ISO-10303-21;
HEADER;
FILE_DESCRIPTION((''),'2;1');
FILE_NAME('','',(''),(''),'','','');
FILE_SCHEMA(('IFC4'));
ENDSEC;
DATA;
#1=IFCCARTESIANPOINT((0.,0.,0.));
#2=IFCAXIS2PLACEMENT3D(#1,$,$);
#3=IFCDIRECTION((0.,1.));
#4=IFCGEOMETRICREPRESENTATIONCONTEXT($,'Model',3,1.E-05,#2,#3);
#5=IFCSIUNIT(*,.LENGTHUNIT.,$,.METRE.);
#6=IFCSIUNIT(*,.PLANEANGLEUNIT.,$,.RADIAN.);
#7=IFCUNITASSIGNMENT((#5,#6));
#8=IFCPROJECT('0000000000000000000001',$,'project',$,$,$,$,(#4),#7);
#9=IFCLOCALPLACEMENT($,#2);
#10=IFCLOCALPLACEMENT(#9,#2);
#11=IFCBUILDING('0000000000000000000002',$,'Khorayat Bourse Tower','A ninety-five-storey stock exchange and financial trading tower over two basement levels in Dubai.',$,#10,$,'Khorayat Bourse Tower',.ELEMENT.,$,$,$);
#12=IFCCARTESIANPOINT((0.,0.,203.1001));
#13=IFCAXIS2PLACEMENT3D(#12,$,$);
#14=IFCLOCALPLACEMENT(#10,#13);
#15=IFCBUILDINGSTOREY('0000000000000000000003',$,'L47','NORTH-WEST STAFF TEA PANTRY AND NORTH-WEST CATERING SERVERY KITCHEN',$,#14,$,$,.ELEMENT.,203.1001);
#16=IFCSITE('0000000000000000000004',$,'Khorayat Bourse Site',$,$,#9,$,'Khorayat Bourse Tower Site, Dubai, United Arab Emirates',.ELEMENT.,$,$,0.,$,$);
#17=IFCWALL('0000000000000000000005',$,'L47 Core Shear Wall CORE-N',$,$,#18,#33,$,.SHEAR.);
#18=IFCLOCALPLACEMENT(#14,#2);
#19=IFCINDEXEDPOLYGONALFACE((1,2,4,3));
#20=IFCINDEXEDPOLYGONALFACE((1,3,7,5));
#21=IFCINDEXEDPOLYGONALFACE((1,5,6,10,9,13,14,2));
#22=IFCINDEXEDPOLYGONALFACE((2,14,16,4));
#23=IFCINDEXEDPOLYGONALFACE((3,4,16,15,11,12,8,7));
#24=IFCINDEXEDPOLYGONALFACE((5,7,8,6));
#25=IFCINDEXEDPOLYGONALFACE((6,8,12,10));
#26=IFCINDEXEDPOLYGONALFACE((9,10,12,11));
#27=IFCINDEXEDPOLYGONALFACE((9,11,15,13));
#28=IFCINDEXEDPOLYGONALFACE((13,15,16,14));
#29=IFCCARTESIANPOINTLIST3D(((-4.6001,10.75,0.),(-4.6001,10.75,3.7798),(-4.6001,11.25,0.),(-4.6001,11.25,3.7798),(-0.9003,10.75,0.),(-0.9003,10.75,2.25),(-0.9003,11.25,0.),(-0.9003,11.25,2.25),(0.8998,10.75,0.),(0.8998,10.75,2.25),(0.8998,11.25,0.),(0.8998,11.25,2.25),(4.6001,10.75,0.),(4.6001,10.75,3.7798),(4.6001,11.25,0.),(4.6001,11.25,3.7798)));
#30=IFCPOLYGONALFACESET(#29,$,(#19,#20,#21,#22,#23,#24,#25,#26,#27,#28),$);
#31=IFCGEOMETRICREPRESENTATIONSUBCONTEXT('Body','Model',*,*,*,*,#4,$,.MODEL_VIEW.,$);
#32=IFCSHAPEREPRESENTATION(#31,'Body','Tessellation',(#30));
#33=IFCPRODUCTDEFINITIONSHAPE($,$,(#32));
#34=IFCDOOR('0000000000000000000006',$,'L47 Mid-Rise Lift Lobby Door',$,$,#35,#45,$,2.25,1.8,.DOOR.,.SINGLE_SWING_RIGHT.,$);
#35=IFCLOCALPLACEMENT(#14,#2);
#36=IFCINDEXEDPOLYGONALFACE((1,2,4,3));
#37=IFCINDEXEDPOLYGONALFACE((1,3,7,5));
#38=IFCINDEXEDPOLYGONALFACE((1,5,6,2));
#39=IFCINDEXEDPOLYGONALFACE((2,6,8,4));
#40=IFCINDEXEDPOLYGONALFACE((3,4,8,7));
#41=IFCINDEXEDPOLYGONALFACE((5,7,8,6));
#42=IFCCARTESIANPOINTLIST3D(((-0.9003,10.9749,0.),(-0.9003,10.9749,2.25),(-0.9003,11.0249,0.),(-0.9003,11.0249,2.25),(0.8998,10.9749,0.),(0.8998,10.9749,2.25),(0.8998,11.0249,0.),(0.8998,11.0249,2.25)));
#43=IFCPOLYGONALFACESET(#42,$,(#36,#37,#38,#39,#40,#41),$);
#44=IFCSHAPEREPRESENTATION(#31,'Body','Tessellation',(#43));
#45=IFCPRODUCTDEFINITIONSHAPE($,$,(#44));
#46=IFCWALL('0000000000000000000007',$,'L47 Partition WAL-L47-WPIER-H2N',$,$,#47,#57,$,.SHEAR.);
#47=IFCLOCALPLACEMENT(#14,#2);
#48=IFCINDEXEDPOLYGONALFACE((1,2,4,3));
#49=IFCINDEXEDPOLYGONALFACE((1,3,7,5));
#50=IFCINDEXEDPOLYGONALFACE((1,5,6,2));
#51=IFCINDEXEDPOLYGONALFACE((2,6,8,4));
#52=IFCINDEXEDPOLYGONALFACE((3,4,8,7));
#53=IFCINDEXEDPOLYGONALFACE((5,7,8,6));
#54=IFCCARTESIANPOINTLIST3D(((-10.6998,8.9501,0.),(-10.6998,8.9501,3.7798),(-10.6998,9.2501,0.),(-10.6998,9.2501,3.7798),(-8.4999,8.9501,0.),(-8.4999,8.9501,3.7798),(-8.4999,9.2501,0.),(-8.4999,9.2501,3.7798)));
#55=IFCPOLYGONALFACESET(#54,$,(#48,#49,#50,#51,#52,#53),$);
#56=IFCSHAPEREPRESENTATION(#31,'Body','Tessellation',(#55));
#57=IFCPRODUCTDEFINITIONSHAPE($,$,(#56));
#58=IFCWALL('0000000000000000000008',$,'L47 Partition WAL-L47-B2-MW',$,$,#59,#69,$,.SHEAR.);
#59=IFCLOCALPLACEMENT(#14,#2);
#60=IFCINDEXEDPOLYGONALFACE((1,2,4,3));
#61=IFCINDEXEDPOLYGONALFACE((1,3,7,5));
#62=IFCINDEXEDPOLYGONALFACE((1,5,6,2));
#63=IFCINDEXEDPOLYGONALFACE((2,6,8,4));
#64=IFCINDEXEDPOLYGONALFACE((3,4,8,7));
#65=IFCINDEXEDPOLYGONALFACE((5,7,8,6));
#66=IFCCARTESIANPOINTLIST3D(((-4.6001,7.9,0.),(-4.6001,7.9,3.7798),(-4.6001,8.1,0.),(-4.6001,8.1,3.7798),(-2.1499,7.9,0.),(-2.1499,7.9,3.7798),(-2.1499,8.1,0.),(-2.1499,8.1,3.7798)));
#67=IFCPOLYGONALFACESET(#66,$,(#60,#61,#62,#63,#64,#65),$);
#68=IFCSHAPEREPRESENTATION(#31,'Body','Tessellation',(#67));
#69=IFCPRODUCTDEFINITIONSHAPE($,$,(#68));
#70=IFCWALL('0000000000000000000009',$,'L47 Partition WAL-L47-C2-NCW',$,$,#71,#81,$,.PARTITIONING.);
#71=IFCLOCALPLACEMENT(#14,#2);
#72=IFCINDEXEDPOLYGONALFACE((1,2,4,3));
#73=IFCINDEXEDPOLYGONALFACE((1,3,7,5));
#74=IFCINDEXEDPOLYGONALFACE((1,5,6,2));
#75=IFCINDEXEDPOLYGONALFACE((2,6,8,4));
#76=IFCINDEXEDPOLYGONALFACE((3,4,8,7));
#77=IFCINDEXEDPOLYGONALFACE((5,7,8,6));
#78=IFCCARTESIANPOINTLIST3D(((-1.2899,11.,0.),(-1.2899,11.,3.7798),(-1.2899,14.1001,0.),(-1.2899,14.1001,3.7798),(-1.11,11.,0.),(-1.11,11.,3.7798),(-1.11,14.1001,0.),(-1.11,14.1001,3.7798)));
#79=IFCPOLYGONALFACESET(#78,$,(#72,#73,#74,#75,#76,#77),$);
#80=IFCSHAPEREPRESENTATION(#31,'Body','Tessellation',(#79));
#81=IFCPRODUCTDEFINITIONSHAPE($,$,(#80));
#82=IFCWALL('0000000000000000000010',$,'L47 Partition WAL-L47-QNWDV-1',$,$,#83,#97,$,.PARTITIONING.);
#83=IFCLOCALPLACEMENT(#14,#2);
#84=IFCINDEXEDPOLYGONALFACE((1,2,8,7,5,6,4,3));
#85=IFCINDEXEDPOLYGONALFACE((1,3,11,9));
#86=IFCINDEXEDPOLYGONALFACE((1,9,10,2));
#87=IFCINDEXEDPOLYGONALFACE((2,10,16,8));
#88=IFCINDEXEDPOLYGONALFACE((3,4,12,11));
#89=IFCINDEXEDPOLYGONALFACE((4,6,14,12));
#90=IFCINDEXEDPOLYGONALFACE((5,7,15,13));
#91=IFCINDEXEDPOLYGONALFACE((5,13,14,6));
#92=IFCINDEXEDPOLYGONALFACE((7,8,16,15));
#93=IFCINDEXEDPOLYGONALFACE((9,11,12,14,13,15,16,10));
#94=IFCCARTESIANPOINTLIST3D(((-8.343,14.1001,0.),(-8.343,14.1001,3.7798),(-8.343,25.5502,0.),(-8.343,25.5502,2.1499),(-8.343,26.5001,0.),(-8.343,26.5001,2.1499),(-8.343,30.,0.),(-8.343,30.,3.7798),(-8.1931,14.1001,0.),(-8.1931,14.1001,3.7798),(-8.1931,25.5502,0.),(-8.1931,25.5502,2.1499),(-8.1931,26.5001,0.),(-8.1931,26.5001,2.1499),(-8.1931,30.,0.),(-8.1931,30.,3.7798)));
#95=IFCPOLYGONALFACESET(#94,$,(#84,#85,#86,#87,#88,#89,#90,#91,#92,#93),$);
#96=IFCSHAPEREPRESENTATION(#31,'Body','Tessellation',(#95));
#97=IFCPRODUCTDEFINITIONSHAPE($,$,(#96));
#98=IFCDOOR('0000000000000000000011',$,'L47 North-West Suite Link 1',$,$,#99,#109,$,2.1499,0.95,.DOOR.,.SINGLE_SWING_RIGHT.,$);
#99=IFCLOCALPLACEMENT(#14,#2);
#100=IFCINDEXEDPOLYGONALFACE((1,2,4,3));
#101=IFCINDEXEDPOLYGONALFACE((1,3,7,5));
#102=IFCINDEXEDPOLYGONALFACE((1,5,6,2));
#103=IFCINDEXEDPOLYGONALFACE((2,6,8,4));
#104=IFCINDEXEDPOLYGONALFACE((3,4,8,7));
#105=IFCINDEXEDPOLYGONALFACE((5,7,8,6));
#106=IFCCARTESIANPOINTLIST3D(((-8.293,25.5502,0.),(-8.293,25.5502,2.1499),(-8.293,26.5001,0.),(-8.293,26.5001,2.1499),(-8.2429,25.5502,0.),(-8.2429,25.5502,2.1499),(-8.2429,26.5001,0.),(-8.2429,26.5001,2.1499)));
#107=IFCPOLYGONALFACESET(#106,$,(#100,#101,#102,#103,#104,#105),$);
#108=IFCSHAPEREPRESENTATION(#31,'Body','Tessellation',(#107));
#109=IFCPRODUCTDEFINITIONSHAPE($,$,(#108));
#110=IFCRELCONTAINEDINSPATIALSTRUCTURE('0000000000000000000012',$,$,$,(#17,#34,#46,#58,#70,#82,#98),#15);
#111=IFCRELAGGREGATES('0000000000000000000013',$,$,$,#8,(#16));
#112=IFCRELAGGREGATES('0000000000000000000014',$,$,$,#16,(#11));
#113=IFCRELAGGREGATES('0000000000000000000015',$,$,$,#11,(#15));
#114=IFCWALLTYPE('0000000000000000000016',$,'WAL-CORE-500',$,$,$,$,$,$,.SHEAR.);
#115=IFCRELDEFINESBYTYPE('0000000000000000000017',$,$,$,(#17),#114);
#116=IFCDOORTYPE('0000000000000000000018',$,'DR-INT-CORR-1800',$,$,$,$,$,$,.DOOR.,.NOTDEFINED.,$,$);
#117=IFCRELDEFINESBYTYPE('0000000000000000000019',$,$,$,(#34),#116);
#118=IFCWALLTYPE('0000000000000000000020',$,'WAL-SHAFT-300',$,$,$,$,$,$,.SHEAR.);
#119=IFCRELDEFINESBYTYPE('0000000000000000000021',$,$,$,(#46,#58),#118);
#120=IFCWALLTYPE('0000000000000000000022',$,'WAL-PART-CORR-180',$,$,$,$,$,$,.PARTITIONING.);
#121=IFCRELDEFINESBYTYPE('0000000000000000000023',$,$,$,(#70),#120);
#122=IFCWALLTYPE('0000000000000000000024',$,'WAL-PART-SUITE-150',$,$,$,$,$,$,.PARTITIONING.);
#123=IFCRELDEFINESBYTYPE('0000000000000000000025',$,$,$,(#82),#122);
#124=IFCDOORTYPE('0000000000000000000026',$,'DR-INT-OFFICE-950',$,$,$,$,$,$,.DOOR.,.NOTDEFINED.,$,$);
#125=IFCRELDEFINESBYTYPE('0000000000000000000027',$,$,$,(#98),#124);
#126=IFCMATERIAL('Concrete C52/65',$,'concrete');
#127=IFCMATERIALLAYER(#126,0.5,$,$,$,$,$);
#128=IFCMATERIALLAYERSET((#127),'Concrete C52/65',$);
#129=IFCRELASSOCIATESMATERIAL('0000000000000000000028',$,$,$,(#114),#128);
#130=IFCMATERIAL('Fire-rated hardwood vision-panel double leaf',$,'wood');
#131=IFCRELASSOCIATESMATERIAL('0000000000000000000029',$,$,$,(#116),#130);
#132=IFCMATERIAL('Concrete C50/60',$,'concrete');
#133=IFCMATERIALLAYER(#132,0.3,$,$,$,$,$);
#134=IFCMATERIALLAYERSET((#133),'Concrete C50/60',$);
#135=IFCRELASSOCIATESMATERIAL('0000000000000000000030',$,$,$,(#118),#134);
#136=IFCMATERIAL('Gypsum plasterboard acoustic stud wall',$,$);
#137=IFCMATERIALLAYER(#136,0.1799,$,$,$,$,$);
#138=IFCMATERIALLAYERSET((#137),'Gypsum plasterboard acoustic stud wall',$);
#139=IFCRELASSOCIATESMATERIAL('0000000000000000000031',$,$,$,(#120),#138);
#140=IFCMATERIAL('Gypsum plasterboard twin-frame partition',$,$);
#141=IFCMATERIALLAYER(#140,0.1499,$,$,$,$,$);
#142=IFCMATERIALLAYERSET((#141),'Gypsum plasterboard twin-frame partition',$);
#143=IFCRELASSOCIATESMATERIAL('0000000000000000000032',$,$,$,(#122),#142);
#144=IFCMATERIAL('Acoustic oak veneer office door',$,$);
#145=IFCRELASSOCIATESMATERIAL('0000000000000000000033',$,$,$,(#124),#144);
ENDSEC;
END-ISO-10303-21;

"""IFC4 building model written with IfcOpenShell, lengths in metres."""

from ifc_helpers import new_model, si_unit, direction, frame, frame_2d, origin, place, context, subcontext, project, spatial, rectangle, extrude, source, transform, mapped, material, layer, layer_set, type_object, element, fill, save


model = new_model("IFC4")

# Units and contexts
model_context = context("Model", 3, precision=1e-05, world=origin(), true_north=direction((0.0, 1.0)))
body_context = subcontext(model_context, "Body", "Model", "MODEL_VIEW")
ifc_project = project(units=[si_unit("LENGTHUNIT", "METRE"), si_unit("PLANEANGLEUNIT", "RADIAN")], contexts=[model_context])

# Site, building, storey
site_placement = place(None, origin())
site = spatial("IfcSite", under=ifc_project, at=site_placement, Name="Khorayat Bourse Site", LongName="Khorayat Bourse Tower Site, Dubai, United Arab Emirates", CompositionType="ELEMENT", RefElevation=0.0)
building_placement = place(site_placement, origin())
building = spatial("IfcBuilding", under=site, at=building_placement, Name="Khorayat Bourse Tower", Description="A ninety-five-storey stock exchange and financial trading tower over two basement levels in Dubai.", LongName="Khorayat Bourse Tower", CompositionType="ELEMENT")
storey_placement = place(building_placement, frame((0.0, 0.0, 203.1001)))
storey = spatial("IfcBuildingStorey", under=building, at=storey_placement, Name="L47", Description="NORTH-WEST STAFF TEA PANTRY AND NORTH-WEST CATERING SERVERY KITCHEN", CompositionType="ELEMENT", Elevation=203.1001)

# Wall, opening, door
ifc_material_1 = material(Name="Concrete C52/65", Category="concrete")
ifc_layer_1 = layer(ifc_material_1, 0.5)
ifc_layer_set_1 = layer_set([ifc_layer_1], Name="Concrete C52/65")
wall_type_1 = type_object("IfcWallType", Name="WAL-CORE-500", PredefinedType="SHEAR", material=ifc_layer_set_1)
shared_shape_1 = source(origin(), body_context, "Body", "SweptSolid", [
    extrude(rectangle(XDim=9.2002, YDim=0.5, at=frame_2d((4.6001, 0.0))), origin(), (0.0, 0.0, 1.0), 3.7798),
])
wall_1_placement = place(storey_placement, frame((-4.6001, 11.0, 0.0), z_axis=(0.0, 0.0, 1.0), x_axis=(1.0, 0.0, 0.0)))
wall_1 = element("IfcWall", 1, at=wall_1_placement, inside=storey, type_object=wall_type_1, Name="L47 Core Shear Wall CORE-N", PredefinedType="SHEAR", context=body_context, shape_type="MappedRepresentation", body=[
    mapped(shared_shape_1, transform((0.0, 0.0, 0.0), scale=1.0)),
])
shared_shape_2 = source(origin(), body_context, "Body", "SweptSolid", [
    extrude(rectangle(XDim=1.8, YDim=2.25, at=frame_2d((0.8999, 1.125))), frame((0.0, 0.26, 0.0), z_axis=(0.0, -1.0, 0.0), x_axis=(1.0, 0.0, 0.0)), (0.0, 0.0, 1.0), 0.52),
])
opening_1_placement = place(wall_1_placement, frame((3.7, 0.0, 0.0)))
opening_1 = element("IfcOpeningElement", 2, at=opening_1_placement, cuts=wall_1, PredefinedType="OPENING", context=body_context, shape_type="MappedRepresentation", body=[
    mapped(shared_shape_2, transform((0.0, 0.0, 0.0), scale=1.0)),
])
ifc_material_2 = material(Name="Fire-rated hardwood vision-panel double leaf", Category="wood")
door_type_1 = type_object("IfcDoorType", Name="DR-INT-CORR-1800", OperationType="NOTDEFINED", PredefinedType="DOOR", material=ifc_material_2)
shared_shape_3 = source(origin(), body_context, "Body", "SweptSolid", [
    extrude(rectangle(XDim=1.8, YDim=2.25, at=frame_2d((0.8999, 1.125))), frame((0.0, 0.0249, 0.0), z_axis=(0.0, -1.0, 0.0), x_axis=(1.0, 0.0, 0.0)), (0.0, 0.0, 1.0), 0.05),
])
door_1_placement = place(opening_1_placement, origin())
door_1 = element("IfcDoor", 3, at=door_1_placement, inside=storey, type_object=door_type_1, Name="L47 Mid-Rise Lift Lobby Door", OperationType="SINGLE_SWING_RIGHT", OverallHeight=2.25, OverallWidth=1.8, PredefinedType="DOOR", context=body_context, shape_type="MappedRepresentation", body=[
    mapped(shared_shape_3, transform((0.0, 0.0, 0.0), scale=1.0)),
])
fill(opening_1, door_1)

# Walls
ifc_material_3 = material(Name="Concrete C50/60", Category="concrete")
ifc_layer_2 = layer(ifc_material_3, 0.3)
ifc_layer_set_2 = layer_set([ifc_layer_2], Name="Concrete C50/60")
wall_type_2 = type_object("IfcWallType", Name="WAL-SHAFT-300", PredefinedType="SHEAR", material=ifc_layer_set_2)
shared_shape_4 = source(origin(), body_context, "Body", "SweptSolid", [
    extrude(rectangle(XDim=2.2, YDim=0.3, at=frame_2d((1.1001, 0.0))), origin(), (0.0, 0.0, 1.0), 3.7798),
])
wall_2_placement = place(storey_placement, frame((-10.7, 9.1001, 0.0), z_axis=(0.0, 0.0, 1.0), x_axis=(1.0, 0.0, 0.0)))
element("IfcWall", 4, at=wall_2_placement, inside=storey, type_object=wall_type_2, Name="L47 Partition WAL-L47-WPIER-H2N", PredefinedType="SHEAR", context=body_context, shape_type="MappedRepresentation", body=[
    mapped(shared_shape_4, transform((0.0, 0.0, 0.0), scale=1.0)),
])
shared_shape_5 = source(origin(), body_context, "Body", "SweptSolid", [
    extrude(rectangle(XDim=2.4502, YDim=0.2, at=frame_2d((1.2251, 0.0))), origin(), (0.0, 0.0, 1.0), 3.7798),
])
wall_3_placement = place(storey_placement, frame((-4.6001, 8.0, 0.0), z_axis=(0.0, 0.0, 1.0), x_axis=(1.0, 0.0, 0.0)))
element("IfcWall", 5, at=wall_3_placement, inside=storey, type_object=wall_type_2, Name="L47 Partition WAL-L47-B2-MW", PredefinedType="SHEAR", context=body_context, shape_type="MappedRepresentation", body=[
    mapped(shared_shape_5, transform((0.0, 0.0, 0.0), scale=1.0)),
])
ifc_material_4 = material(Name="Gypsum plasterboard acoustic stud wall")
ifc_layer_3 = layer(ifc_material_4, 0.1799)
ifc_layer_set_3 = layer_set([ifc_layer_3], Name="Gypsum plasterboard acoustic stud wall")
wall_type_3 = type_object("IfcWallType", Name="WAL-PART-CORR-180", PredefinedType="PARTITIONING", material=ifc_layer_set_3)
shared_shape_6 = source(origin(), body_context, "Body", "SweptSolid", [
    extrude(rectangle(XDim=3.1001, YDim=0.1799, at=frame_2d((1.55, 0.0))), origin(), (0.0, 0.0, 1.0), 3.7798),
])
wall_4_placement = place(storey_placement, frame((-1.2, 11.0, 0.0), z_axis=(0.0, 0.0, 1.0), x_axis=(0.0, 1.0, 0.0)))
element("IfcWall", 6, at=wall_4_placement, inside=storey, type_object=wall_type_3, Name="L47 Partition WAL-L47-C2-NCW", PredefinedType="PARTITIONING", context=body_context, shape_type="MappedRepresentation", body=[
    mapped(shared_shape_6, transform((0.0, 0.0, 0.0), scale=1.0)),
])

# Wall, opening, door
ifc_material_5 = material(Name="Gypsum plasterboard twin-frame partition")
ifc_layer_4 = layer(ifc_material_5, 0.1499)
ifc_layer_set_4 = layer_set([ifc_layer_4], Name="Gypsum plasterboard twin-frame partition")
wall_type_4 = type_object("IfcWallType", Name="WAL-PART-SUITE-150", PredefinedType="PARTITIONING", material=ifc_layer_set_4)
shared_shape_7 = source(origin(), body_context, "Body", "SweptSolid", [
    extrude(rectangle(XDim=15.8999, YDim=0.1499, at=frame_2d((7.95, 0.0))), origin(), (0.0, 0.0, 1.0), 3.7798),
])
wall_5_placement = place(storey_placement, frame((-8.2681, 14.1001, 0.0), z_axis=(0.0, 0.0, 1.0), x_axis=(0.0, 1.0, 0.0)))
wall_5 = element("IfcWall", 7, at=wall_5_placement, inside=storey, type_object=wall_type_4, Name="L47 Partition WAL-L47-QNWDV-1", PredefinedType="PARTITIONING", context=body_context, shape_type="MappedRepresentation", body=[
    mapped(shared_shape_7, transform((0.0, 0.0, 0.0), scale=1.0)),
])
shared_shape_8 = source(origin(), body_context, "Body", "SweptSolid", [
    extrude(rectangle(XDim=0.95, YDim=2.1499, at=frame_2d((0.4751, 1.075))), frame((0.0, 0.085, 0.0), z_axis=(0.0, -1.0, 0.0), x_axis=(1.0, 0.0, 0.0)), (0.0, 0.0, 1.0), 0.1699),
])
opening_2_placement = place(wall_5_placement, frame((11.45, 0.0, 0.0)))
opening_2 = element("IfcOpeningElement", 8, at=opening_2_placement, cuts=wall_5, PredefinedType="OPENING", context=body_context, shape_type="MappedRepresentation", body=[
    mapped(shared_shape_8, transform((0.0, 0.0, 0.0), scale=1.0)),
])
ifc_material_6 = material(Name="Acoustic oak veneer office door")
door_type_2 = type_object("IfcDoorType", Name="DR-INT-OFFICE-950", OperationType="NOTDEFINED", PredefinedType="DOOR", material=ifc_material_6)
shared_shape_9 = source(origin(), body_context, "Body", "SweptSolid", [
    extrude(rectangle(XDim=0.95, YDim=2.1499, at=frame_2d((0.4751, 1.075))), frame((0.0, 0.0249, 0.0), z_axis=(0.0, -1.0, 0.0), x_axis=(1.0, 0.0, 0.0)), (0.0, 0.0, 1.0), 0.05),
])
door_2_placement = place(opening_2_placement, origin())
door_2 = element("IfcDoor", 9, at=door_2_placement, inside=storey, type_object=door_type_2, Name="L47 North-West Suite Link 1", OperationType="SINGLE_SWING_RIGHT", OverallHeight=2.1499, OverallWidth=0.95, PredefinedType="DOOR", context=body_context, shape_type="MappedRepresentation", body=[
    mapped(shared_shape_9, transform((0.0, 0.0, 0.0), scale=1.0)),
])
fill(opening_2, door_2)

save(model, "model.ifc")
